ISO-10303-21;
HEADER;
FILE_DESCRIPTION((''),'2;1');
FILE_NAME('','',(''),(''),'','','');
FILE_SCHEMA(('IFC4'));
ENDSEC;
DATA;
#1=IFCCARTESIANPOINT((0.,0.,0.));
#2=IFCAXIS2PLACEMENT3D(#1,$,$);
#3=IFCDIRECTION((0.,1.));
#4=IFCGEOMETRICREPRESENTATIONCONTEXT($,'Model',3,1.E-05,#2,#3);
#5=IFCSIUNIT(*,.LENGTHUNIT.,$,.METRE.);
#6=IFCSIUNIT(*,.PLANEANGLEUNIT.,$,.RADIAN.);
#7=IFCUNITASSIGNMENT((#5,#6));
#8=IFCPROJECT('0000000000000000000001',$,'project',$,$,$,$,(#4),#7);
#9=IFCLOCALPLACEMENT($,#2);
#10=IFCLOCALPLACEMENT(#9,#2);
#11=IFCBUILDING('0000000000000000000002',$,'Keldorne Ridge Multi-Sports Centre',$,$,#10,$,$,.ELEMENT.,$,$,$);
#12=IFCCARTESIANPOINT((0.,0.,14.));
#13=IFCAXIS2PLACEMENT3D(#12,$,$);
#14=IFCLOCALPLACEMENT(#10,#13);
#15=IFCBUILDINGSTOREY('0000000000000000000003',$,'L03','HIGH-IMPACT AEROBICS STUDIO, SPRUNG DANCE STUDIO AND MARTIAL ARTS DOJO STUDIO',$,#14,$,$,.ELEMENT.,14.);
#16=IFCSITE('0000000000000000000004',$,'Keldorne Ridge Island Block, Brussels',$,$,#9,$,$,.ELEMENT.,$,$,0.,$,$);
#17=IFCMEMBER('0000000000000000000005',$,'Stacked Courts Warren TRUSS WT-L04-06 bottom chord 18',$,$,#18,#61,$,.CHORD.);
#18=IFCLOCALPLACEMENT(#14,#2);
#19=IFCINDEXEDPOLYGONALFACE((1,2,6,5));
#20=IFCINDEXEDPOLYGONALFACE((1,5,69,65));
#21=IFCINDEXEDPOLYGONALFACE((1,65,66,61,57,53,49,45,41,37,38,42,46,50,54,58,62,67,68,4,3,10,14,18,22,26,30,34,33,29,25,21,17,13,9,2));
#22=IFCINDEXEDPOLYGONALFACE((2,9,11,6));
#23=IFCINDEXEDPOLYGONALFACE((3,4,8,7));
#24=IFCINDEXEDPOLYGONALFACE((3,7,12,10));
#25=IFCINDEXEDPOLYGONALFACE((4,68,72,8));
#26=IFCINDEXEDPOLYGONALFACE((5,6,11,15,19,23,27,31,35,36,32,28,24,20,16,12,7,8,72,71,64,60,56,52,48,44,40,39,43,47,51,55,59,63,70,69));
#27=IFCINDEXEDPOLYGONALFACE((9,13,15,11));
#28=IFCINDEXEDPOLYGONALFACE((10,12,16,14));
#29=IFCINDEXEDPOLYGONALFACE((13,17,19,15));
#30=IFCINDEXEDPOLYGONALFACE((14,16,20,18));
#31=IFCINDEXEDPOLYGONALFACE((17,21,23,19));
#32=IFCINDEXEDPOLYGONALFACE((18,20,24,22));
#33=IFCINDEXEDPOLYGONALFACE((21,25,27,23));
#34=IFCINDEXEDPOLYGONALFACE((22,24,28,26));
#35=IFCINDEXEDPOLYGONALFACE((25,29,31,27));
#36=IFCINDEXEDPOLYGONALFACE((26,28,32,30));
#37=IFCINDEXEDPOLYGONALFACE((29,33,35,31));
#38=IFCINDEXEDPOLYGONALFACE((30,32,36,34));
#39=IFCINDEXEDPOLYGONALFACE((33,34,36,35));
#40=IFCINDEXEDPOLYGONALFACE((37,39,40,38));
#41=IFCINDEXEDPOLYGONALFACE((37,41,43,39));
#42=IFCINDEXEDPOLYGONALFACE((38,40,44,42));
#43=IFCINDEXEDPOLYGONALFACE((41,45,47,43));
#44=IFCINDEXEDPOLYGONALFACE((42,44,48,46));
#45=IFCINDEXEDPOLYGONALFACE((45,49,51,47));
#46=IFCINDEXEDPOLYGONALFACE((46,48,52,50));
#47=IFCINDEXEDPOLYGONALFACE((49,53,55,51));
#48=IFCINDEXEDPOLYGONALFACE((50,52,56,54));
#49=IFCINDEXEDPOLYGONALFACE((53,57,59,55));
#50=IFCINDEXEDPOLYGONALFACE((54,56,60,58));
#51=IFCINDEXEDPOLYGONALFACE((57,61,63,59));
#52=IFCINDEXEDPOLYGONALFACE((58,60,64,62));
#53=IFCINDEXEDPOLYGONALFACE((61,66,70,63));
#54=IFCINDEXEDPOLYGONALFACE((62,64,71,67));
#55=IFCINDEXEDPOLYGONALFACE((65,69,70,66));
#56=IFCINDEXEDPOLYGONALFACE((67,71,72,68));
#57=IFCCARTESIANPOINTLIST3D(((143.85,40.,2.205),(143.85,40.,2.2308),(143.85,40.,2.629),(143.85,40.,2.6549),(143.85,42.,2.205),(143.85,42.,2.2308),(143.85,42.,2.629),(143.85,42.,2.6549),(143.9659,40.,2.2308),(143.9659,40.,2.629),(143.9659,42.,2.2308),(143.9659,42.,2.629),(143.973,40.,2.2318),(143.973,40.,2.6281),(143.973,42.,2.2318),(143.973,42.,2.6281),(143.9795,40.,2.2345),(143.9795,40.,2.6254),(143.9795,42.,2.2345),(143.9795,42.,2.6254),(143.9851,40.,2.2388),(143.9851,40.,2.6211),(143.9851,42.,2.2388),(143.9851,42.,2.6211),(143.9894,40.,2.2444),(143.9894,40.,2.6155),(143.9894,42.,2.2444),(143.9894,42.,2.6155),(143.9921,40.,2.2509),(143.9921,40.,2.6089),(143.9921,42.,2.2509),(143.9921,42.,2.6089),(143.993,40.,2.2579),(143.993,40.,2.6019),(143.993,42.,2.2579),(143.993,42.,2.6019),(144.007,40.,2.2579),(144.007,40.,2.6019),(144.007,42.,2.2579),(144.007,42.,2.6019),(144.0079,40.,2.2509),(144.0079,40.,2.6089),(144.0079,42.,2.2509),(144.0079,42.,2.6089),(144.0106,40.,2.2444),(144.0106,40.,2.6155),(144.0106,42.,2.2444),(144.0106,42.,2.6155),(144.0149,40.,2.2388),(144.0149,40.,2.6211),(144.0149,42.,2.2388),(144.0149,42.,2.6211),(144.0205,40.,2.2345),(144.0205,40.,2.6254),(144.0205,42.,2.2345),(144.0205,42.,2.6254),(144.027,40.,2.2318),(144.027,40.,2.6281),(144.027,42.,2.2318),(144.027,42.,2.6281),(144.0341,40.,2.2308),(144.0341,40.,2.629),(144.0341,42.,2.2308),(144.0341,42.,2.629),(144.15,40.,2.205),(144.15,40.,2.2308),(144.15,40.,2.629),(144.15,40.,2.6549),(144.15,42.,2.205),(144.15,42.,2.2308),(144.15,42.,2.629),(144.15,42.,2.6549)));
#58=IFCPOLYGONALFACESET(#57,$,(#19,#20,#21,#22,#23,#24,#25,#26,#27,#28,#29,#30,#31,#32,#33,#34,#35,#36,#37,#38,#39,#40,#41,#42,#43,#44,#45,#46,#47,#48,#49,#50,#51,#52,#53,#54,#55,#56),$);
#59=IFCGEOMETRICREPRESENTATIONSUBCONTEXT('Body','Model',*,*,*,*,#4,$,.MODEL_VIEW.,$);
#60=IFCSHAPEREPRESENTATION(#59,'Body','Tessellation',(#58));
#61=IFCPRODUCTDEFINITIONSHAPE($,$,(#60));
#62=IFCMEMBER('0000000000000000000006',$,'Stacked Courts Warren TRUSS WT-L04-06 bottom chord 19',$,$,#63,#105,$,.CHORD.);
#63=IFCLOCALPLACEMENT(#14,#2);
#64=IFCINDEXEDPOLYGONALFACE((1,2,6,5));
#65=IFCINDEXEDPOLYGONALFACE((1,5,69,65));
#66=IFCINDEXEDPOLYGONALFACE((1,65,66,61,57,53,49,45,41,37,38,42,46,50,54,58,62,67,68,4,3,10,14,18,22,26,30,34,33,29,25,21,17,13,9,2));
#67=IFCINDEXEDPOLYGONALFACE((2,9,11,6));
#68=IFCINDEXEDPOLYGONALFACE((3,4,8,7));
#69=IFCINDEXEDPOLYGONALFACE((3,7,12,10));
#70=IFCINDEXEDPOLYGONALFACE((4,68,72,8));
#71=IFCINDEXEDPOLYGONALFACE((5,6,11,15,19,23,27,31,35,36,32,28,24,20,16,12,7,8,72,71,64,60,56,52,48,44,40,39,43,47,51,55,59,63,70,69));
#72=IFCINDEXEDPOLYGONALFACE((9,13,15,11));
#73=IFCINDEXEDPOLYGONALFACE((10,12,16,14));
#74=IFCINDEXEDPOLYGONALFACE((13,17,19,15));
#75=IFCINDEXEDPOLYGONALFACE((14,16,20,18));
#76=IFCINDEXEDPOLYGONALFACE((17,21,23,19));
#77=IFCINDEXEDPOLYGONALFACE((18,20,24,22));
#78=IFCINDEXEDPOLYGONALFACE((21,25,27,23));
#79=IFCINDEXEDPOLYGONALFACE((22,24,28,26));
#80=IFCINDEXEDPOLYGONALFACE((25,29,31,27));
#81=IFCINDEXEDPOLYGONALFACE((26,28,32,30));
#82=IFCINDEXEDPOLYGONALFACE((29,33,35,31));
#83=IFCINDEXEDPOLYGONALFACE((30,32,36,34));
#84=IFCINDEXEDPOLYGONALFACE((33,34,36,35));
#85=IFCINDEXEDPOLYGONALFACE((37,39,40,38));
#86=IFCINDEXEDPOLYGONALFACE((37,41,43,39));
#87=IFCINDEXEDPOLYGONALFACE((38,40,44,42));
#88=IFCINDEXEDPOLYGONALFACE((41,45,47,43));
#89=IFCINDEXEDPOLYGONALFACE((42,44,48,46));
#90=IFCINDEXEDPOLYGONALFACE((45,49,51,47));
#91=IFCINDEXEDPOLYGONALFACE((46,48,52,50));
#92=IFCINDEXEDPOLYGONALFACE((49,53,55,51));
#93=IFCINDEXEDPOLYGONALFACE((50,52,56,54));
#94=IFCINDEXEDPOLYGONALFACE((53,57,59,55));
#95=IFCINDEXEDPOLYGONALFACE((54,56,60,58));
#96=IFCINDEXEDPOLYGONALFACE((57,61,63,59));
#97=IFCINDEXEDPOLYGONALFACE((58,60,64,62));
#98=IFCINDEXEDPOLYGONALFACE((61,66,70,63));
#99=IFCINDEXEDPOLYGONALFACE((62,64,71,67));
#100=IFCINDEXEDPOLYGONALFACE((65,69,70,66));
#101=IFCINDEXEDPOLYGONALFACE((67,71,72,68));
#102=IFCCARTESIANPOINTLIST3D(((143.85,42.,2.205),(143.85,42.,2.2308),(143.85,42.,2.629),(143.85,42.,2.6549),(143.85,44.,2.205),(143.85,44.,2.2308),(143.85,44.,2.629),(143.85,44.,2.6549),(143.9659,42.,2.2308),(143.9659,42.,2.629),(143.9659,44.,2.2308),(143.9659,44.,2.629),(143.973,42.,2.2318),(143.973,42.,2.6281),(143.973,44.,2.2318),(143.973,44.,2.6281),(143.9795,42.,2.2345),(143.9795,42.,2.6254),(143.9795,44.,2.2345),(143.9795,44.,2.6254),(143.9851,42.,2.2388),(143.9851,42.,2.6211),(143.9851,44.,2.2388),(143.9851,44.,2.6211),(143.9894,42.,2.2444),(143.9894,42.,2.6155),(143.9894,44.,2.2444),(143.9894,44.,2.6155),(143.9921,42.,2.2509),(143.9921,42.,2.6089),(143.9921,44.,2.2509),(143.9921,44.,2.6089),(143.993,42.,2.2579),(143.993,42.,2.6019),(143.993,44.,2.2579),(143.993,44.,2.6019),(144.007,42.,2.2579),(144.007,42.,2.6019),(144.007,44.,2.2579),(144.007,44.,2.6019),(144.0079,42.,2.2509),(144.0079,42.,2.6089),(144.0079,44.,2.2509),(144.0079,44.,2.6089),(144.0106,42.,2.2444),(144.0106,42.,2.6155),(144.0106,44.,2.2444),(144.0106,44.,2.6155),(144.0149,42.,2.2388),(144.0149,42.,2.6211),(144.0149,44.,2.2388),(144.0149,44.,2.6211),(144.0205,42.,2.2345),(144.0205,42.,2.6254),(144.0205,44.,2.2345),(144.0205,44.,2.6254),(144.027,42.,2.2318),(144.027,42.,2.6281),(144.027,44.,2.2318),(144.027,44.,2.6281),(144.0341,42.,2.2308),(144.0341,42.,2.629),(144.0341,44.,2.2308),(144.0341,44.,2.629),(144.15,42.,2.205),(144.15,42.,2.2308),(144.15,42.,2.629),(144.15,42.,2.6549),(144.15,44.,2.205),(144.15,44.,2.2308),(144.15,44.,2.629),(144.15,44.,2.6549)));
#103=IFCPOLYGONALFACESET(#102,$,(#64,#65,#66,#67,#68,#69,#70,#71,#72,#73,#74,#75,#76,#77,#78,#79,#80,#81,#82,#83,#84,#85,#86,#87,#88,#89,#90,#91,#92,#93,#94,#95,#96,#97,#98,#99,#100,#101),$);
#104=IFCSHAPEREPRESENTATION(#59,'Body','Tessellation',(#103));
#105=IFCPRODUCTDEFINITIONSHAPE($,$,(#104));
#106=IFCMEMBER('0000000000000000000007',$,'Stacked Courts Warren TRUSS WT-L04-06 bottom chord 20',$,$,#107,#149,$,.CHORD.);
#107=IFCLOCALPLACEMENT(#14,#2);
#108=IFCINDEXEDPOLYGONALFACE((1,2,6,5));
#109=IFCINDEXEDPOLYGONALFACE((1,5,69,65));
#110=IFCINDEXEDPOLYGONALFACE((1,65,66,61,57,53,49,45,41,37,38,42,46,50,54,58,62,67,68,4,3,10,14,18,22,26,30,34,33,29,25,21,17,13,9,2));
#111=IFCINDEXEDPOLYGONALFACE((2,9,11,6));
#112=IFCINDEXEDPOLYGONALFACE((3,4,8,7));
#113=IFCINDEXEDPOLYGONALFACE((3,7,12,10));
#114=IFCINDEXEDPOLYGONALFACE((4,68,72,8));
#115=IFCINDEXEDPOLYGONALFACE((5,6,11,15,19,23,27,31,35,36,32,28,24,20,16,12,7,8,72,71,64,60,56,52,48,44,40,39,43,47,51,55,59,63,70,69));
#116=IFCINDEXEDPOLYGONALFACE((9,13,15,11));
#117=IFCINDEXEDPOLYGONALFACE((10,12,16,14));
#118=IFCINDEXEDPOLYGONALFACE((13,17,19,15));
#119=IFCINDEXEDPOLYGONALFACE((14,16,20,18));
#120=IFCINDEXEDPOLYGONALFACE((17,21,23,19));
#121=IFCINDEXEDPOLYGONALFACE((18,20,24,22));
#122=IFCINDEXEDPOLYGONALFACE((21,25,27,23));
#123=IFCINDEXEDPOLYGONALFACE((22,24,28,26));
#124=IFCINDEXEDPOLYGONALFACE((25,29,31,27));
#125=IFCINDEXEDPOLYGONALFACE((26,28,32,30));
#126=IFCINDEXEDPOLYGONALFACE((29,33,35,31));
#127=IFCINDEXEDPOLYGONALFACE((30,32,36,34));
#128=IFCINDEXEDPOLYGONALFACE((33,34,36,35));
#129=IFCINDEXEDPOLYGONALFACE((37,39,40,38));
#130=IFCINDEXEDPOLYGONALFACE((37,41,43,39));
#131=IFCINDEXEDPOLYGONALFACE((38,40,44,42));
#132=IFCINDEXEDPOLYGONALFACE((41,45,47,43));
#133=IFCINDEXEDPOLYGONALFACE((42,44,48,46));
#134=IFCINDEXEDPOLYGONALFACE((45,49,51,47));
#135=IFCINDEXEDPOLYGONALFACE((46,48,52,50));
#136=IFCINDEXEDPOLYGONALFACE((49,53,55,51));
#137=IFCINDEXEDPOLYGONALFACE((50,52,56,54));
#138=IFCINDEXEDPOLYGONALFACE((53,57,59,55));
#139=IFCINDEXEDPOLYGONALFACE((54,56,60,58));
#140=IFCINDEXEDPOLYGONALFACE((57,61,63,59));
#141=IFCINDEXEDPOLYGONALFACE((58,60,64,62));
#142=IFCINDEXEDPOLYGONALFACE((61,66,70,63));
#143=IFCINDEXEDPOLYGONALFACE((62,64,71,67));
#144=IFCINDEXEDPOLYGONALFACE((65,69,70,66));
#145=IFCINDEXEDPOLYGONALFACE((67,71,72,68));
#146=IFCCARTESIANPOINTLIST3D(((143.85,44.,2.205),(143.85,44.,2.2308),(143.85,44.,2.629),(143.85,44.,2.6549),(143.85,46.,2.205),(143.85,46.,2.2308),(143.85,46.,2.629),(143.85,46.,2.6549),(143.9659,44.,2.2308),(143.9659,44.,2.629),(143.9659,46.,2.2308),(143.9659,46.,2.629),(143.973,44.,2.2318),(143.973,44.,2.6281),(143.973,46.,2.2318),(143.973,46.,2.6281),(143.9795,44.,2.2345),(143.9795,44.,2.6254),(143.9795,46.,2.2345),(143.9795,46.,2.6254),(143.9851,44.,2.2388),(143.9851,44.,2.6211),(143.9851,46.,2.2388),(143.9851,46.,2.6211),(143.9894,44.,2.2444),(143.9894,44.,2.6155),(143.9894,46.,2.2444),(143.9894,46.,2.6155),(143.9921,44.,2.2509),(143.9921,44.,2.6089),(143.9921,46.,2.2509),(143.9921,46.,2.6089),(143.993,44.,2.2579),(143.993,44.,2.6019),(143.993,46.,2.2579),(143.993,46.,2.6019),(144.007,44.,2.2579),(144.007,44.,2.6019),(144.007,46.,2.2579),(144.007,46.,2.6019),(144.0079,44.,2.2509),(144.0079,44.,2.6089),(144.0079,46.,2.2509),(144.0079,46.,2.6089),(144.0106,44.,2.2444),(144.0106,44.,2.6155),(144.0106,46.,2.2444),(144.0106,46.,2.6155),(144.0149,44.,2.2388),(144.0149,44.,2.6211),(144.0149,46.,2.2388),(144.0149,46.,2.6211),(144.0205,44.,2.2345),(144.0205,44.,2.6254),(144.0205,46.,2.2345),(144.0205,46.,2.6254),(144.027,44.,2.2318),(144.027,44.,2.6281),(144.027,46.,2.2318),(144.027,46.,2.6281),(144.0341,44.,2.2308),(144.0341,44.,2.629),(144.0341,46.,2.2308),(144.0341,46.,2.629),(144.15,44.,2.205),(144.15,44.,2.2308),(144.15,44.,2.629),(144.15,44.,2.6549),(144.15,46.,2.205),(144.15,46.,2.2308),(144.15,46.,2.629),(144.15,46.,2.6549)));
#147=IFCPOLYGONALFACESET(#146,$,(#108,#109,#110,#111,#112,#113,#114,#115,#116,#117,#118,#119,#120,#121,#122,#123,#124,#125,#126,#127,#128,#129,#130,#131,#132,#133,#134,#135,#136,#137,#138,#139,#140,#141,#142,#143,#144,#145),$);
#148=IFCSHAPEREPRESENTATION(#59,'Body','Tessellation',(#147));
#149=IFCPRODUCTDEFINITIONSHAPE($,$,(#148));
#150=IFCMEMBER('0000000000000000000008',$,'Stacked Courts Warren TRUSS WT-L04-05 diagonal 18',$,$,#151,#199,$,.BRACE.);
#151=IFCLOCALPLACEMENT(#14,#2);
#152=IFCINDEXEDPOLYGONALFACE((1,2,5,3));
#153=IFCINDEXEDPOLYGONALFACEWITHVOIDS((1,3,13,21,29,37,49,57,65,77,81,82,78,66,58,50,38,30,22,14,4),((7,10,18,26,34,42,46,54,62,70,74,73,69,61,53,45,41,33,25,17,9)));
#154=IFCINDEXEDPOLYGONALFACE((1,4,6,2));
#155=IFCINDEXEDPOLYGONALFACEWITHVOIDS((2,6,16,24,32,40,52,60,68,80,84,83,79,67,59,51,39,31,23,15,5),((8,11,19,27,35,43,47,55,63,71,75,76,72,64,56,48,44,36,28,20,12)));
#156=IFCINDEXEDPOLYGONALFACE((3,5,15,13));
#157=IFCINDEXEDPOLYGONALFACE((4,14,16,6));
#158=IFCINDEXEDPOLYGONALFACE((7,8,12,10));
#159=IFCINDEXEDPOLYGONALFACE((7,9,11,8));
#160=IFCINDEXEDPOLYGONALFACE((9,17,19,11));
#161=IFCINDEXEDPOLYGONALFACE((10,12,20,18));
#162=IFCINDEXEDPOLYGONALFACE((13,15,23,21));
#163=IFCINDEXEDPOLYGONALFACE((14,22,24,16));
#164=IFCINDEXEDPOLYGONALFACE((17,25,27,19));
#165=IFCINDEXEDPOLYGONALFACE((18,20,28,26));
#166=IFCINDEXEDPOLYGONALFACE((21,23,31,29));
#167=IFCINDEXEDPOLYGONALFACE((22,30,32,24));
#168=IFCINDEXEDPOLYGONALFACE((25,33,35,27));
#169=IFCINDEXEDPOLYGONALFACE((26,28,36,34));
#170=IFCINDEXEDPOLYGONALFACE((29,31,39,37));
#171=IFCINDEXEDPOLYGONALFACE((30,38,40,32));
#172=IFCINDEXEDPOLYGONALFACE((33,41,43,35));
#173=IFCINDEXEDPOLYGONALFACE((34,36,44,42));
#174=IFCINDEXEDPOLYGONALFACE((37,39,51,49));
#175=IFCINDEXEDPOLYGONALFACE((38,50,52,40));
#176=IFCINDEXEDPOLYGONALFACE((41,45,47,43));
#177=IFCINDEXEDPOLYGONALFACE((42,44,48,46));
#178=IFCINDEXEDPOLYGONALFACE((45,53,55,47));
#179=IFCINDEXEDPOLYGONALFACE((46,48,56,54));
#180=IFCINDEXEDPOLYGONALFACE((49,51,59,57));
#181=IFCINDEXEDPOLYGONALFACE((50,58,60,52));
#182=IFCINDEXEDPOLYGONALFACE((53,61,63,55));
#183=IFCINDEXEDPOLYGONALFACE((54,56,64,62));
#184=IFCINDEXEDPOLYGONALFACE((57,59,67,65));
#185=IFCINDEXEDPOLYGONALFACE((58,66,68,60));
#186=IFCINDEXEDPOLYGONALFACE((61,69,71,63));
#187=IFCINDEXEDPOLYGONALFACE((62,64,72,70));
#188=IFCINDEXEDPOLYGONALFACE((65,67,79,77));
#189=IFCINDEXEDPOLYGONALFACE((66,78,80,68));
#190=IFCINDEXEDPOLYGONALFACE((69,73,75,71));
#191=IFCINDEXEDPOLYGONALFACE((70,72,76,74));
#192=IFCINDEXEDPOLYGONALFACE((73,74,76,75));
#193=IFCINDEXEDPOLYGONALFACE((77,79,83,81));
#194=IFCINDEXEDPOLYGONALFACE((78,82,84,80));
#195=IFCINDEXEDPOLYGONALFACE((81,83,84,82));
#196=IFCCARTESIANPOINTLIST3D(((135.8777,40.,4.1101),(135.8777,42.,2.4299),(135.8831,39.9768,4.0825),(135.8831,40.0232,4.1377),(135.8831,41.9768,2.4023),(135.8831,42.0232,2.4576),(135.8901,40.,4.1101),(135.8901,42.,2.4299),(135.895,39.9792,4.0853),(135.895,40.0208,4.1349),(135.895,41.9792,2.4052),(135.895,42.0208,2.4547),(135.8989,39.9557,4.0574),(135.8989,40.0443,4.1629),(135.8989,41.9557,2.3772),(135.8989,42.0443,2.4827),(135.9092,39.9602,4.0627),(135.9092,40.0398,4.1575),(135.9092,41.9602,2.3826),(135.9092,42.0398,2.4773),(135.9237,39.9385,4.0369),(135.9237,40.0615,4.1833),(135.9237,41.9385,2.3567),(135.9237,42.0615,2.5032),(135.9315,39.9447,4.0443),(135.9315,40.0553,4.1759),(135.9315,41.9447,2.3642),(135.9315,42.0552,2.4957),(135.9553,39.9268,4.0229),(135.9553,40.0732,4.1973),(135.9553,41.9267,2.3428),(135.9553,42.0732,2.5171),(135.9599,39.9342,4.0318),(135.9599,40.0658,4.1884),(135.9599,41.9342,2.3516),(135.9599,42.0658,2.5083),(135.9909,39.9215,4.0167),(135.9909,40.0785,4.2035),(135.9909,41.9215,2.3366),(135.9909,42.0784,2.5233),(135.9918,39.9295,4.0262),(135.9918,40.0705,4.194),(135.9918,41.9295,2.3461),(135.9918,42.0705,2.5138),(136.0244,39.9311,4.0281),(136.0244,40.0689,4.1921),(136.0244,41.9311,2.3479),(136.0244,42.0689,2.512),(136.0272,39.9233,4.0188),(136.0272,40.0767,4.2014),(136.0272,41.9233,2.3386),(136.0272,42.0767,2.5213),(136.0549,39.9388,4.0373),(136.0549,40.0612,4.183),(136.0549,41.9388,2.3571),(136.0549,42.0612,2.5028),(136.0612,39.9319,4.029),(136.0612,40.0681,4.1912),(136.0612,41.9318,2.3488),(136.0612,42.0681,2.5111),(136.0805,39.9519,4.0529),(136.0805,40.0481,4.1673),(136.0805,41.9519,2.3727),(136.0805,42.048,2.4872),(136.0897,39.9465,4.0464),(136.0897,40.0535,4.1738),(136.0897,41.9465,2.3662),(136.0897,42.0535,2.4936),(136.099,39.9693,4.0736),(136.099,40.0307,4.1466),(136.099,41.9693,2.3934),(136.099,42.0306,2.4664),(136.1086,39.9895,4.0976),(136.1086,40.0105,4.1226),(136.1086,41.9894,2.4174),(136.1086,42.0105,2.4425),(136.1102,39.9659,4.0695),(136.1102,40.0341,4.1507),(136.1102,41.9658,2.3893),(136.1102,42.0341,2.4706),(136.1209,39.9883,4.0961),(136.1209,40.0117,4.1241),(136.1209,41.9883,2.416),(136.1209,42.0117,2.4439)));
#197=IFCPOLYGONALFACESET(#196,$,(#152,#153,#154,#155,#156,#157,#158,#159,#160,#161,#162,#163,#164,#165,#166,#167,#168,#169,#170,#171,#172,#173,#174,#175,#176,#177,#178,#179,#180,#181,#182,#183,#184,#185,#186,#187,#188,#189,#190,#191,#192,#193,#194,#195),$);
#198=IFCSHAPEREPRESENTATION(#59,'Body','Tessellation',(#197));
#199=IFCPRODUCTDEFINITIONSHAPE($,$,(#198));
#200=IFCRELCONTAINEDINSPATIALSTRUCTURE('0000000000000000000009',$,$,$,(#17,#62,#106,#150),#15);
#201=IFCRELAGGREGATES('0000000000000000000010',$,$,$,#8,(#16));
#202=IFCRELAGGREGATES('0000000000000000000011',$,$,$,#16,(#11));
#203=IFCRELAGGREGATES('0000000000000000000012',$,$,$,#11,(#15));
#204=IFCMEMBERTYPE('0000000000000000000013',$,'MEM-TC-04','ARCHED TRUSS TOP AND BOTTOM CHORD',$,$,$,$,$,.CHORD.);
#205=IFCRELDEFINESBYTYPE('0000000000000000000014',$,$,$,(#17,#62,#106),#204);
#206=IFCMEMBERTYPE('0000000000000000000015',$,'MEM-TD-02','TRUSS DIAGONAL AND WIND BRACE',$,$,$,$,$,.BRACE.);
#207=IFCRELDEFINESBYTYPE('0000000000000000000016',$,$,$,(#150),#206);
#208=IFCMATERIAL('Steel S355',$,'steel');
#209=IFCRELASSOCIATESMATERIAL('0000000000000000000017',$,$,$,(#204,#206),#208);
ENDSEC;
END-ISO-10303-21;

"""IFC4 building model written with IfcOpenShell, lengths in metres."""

from ifc_helpers import new_model, si_unit, direction, frame, origin, origin_2d, place, context, subcontext, project, spatial, hollow_circle, i_section, extrude, material, material_profile, profile_set, type_object, element, save


model = new_model("IFC4")

# Units and contexts
model_context = context("Model", 3, precision=1e-05, world=origin(), true_north=direction((0.0, 1.0)))
body_context = subcontext(model_context, "Body", "Model", "MODEL_VIEW")
ifc_project = project(units=[si_unit("LENGTHUNIT", "METRE"), si_unit("PLANEANGLEUNIT", "RADIAN")], contexts=[model_context])

# Site, building, storey
site_placement = place(None, origin())
site = spatial("IfcSite", under=ifc_project, at=site_placement, Name="Keldorne Ridge Island Block, Brussels", CompositionType="ELEMENT", RefElevation=0.0)
building_placement = place(site_placement, origin())
building = spatial("IfcBuilding", under=site, at=building_placement, Name="Keldorne Ridge Multi-Sports Centre", CompositionType="ELEMENT")
storey_placement = place(building_placement, frame((0.0, 0.0, 14.0)))
storey = spatial("IfcBuildingStorey", under=building, at=storey_placement, Name="L03", Description="HIGH-IMPACT AEROBICS STUDIO, SPRUNG DANCE STUDIO AND MARTIAL ARTS DOJO STUDIO", CompositionType="ELEMENT", Elevation=14.0)

# Members
ifc_material = material(Name="Steel S355", Category="steel")
ifc_material_profile_1 = material_profile(ifc_material, i_section(OverallWidth=0.3, OverallDepth=0.45, WebThickness=0.0139, FlangeThickness=0.0259, FilletRadius=0.0271, at=origin_2d()), Name="HEB 450")
ifc_profile_set_1 = profile_set([ifc_material_profile_1], Name="Steel S355")
member_type_1 = type_object("IfcMemberType", Name="MEM-TC-04", Description="ARCHED TRUSS TOP AND BOTTOM CHORD", PredefinedType="CHORD", material=ifc_profile_set_1)
for number, where, z_axis, x_axis, name in (
    (1, (144.0, 40.0, 2.4299), (0.0, 1.0, 0.0), (-1.0, 0.0, 0.0), "Stacked Courts Warren TRUSS WT-L04-06 bottom chord 18"),
    (2, (144.0, 42.0, 2.4299), (0.0, 1.0, 0.0), (-1.0, 0.0, 0.0), "Stacked Courts Warren TRUSS WT-L04-06 bottom chord 19"),
    (3, (144.0, 44.0, 2.4299), (0.0, 1.0, 0.0), (-1.0, 0.0, 0.0), "Stacked Courts Warren TRUSS WT-L04-06 bottom chord 20"),
):
    element("IfcMember", number, at=place(storey_placement, frame(where, z_axis=z_axis, x_axis=x_axis)), inside=storey, type_object=member_type_1, Name=name, PredefinedType="CHORD", context=body_context, shape_type="SweptSolid", body=[
        extrude(i_section(OverallWidth=0.3, OverallDepth=0.45, WebThickness=0.0139, FlangeThickness=0.0259, FilletRadius=0.0271, at=origin_2d()), origin(), (0.0, 0.0, 1.0), 2.0),
    ])
ifc_material_profile_2 = material_profile(ifc_material, hollow_circle(Radius=0.1223, WallThickness=0.0125, at=origin_2d()), Name="CHS 244.5x12.5")
ifc_profile_set_2 = profile_set([ifc_material_profile_2], Name="Steel S355")
member_type_2 = type_object("IfcMemberType", Name="MEM-TD-02", Description="TRUSS DIAGONAL AND WIND BRACE", PredefinedType="BRACE", material=ifc_profile_set_2)
for number, where, z_axis, x_axis, name in (
    (4, (136.0, 40.0, 4.1101), (0.0, 0.765672, -0.643232), (-1.0, 0.0, 0.0), "Stacked Courts Warren TRUSS WT-L04-05 diagonal 18"),
):
    element("IfcMember", number, at=place(storey_placement, frame(where, z_axis=z_axis, x_axis=x_axis)), inside=storey, type_object=member_type_2, Name=name, PredefinedType="BRACE", context=body_context, shape_type="SweptSolid", body=[
        extrude(hollow_circle(Radius=0.1223, WallThickness=0.0125, at=origin_2d()), origin(), (0.0, 0.0, 1.0), 2.6121),
    ])

save(model, "model.ifc")
